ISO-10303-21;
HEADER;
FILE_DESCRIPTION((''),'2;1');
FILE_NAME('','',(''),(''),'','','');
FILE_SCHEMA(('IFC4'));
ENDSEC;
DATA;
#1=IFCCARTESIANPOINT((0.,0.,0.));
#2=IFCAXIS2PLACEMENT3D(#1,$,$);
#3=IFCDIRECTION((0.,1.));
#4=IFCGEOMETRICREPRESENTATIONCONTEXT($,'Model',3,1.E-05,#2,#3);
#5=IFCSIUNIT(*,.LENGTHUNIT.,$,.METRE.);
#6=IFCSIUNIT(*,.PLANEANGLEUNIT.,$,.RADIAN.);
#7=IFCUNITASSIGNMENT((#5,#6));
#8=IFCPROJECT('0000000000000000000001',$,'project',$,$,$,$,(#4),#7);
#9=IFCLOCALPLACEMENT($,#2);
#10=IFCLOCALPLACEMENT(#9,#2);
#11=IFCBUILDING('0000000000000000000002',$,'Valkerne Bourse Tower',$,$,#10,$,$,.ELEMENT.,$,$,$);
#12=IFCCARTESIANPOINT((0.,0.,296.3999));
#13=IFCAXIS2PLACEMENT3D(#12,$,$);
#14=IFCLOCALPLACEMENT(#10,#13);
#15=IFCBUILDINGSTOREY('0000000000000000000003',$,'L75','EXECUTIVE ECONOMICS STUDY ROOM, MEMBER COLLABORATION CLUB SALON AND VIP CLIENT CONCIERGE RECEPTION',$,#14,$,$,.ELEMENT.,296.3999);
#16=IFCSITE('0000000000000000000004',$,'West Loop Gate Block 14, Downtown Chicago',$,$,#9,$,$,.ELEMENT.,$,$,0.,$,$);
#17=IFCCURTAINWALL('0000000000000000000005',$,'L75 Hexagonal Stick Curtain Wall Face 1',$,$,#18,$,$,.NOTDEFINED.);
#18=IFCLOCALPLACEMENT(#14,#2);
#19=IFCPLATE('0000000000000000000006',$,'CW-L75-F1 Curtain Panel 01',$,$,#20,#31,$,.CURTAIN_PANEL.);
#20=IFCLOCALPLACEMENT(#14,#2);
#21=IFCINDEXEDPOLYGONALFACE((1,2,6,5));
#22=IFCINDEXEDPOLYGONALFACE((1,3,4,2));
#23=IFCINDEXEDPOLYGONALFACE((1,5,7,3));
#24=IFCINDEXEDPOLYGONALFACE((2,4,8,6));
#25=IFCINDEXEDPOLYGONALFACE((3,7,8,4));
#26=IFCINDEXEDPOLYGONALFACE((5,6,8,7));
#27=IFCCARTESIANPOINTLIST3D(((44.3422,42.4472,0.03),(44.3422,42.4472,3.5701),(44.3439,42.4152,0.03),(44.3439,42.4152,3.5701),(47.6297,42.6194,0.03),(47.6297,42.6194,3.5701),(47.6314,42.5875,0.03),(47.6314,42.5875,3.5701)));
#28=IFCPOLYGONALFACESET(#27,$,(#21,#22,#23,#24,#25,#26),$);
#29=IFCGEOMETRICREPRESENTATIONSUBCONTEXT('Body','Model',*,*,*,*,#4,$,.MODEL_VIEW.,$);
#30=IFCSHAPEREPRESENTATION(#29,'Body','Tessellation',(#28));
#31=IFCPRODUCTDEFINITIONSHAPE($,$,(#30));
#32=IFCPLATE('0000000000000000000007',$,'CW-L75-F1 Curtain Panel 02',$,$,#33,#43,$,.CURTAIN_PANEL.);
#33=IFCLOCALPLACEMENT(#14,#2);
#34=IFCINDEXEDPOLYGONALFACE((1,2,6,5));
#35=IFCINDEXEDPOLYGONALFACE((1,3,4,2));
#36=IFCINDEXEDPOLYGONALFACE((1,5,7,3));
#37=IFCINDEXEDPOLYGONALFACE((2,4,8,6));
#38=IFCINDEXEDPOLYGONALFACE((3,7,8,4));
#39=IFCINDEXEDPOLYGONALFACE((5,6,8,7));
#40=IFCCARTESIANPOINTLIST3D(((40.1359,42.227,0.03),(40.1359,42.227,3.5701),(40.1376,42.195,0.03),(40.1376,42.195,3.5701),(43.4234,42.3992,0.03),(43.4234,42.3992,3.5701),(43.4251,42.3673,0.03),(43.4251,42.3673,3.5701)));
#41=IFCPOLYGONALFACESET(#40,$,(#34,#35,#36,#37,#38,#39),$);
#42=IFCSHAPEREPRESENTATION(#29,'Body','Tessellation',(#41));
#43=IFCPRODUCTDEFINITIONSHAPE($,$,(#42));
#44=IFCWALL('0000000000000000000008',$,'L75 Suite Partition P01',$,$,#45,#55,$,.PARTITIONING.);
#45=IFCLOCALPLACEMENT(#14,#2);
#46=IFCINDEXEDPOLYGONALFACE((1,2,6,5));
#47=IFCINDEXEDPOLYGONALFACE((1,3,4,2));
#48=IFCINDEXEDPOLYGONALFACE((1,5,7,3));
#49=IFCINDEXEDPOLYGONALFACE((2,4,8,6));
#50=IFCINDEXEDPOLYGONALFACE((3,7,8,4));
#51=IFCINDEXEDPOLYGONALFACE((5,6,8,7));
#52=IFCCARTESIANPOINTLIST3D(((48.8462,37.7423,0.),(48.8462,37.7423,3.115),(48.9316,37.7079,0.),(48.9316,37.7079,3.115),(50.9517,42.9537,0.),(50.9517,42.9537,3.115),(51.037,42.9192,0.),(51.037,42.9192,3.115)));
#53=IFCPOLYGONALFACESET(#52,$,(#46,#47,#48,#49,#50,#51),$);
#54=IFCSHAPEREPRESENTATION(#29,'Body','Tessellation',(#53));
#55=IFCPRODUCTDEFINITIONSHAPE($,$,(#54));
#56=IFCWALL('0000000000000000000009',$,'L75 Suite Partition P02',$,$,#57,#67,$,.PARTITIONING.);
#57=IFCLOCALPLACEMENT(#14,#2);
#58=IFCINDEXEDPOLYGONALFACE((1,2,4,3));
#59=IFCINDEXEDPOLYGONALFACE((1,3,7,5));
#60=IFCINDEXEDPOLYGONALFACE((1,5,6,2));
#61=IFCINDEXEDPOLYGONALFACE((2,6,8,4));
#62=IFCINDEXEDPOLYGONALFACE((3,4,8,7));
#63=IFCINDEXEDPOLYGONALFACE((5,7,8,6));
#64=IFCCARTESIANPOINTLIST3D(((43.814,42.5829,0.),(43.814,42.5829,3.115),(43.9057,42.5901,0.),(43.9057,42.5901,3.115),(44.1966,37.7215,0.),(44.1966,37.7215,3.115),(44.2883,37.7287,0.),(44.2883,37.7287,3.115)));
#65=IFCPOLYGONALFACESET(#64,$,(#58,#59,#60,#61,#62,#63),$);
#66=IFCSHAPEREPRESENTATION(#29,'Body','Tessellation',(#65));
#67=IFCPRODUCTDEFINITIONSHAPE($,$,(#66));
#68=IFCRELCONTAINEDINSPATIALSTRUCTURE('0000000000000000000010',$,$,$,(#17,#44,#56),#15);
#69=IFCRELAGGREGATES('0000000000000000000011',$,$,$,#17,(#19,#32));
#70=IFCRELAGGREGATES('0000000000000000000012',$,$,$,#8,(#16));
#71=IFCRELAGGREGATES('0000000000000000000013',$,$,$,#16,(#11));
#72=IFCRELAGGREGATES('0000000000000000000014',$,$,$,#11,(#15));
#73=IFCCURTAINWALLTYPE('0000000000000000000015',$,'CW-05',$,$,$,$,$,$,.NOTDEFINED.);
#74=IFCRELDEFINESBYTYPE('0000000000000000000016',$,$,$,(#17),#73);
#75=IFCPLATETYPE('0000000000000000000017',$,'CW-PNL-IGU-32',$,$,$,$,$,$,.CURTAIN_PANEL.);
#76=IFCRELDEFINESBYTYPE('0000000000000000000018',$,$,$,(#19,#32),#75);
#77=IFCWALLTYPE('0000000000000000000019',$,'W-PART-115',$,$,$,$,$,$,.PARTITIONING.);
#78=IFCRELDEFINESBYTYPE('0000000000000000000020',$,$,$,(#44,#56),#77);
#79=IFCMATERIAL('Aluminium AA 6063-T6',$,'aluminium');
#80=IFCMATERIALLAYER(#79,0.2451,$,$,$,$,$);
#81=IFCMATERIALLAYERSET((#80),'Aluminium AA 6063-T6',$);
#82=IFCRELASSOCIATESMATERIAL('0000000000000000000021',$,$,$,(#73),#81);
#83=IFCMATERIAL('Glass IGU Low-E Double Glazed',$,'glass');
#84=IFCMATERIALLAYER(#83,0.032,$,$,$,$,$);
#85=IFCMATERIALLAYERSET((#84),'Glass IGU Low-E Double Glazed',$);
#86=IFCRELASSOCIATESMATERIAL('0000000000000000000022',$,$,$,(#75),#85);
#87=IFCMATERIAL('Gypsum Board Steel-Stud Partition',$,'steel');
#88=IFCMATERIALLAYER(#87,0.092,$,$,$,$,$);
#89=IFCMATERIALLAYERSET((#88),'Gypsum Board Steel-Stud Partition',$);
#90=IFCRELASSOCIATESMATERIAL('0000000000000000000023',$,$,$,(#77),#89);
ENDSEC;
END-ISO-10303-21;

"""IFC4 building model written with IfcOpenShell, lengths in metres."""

from ifc_helpers import new_model, si_unit, direction, frame, frame_2d, origin, origin_2d, place, context, subcontext, project, spatial, rectangle, extrude, material, layer, layer_set, type_object, element, aggregate, save


model = new_model("IFC4")

# Units and contexts
model_context = context("Model", 3, precision=1e-05, world=origin(), true_north=direction((0.0, 1.0)))
body_context = subcontext(model_context, "Body", "Model", "MODEL_VIEW")
ifc_project = project(units=[si_unit("LENGTHUNIT", "METRE"), si_unit("PLANEANGLEUNIT", "RADIAN")], contexts=[model_context])

# Site, building, storey
site_placement = place(None, origin())
site = spatial("IfcSite", under=ifc_project, at=site_placement, Name="West Loop Gate Block 14, Downtown Chicago", CompositionType="ELEMENT", RefElevation=0.0)
building_placement = place(site_placement, origin())
building = spatial("IfcBuilding", under=site, at=building_placement, Name="Valkerne Bourse Tower", CompositionType="ELEMENT")
storey_placement = place(building_placement, frame((0.0, 0.0, 296.3999)))
storey = spatial("IfcBuildingStorey", under=building, at=storey_placement, Name="L75", Description="EXECUTIVE ECONOMICS STUDY ROOM, MEMBER COLLABORATION CLUB SALON AND VIP CLIENT CONCIERGE RECEPTION", CompositionType="ELEMENT", Elevation=296.3999)

# Curtain wall
ifc_material_1 = material(Name="Aluminium AA 6063-T6", Category="aluminium")
ifc_layer_1 = layer(ifc_material_1, 0.2451)
ifc_layer_set_1 = layer_set([ifc_layer_1], Name="Aluminium AA 6063-T6")
curtain_wall_type = type_object("IfcCurtainWallType", Name="CW-05", PredefinedType="NOTDEFINED", material=ifc_layer_set_1)
curtain_wall_placement = place(storey_placement, origin())
curtain_wall = element("IfcCurtainWall", 1, at=curtain_wall_placement, inside=storey, type_object=curtain_wall_type, Name="L75 Hexagonal Stick Curtain Wall Face 1", PredefinedType="NOTDEFINED")

# Plates
ifc_material_2 = material(Name="Glass IGU Low-E Double Glazed", Category="glass")
ifc_layer_2 = layer(ifc_material_2, 0.032)
ifc_layer_set_2 = layer_set([ifc_layer_2], Name="Glass IGU Low-E Double Glazed")
plate_type = type_object("IfcPlateType", Name="CW-PNL-IGU-32", PredefinedType="CURTAIN_PANEL", material=ifc_layer_set_2)
plate_1_placement = place(storey_placement, frame((45.9868, 42.5173, 0.03), z_axis=(0.0, 0.0, 1.0), x_axis=(-0.99863, -0.052326, 0.0)))
plate_1 = element("IfcPlate", 2, at=plate_1_placement, type_object=plate_type, Name="CW-L75-F1 Curtain Panel 01", PredefinedType="CURTAIN_PANEL", context=body_context, shape_type="SweptSolid", body=[
    extrude(rectangle(XDim=3.292, YDim=0.032, at=origin_2d()), origin(), (0.0, 0.0, 1.0), 3.54),
])
plate_2_placement = place(storey_placement, frame((41.7805, 42.2971, 0.03), z_axis=(0.0, 0.0, 1.0), x_axis=(-0.99863, -0.052327, 0.0)))
plate_2 = element("IfcPlate", 3, at=plate_2_placement, type_object=plate_type, Name="CW-L75-F1 Curtain Panel 02", PredefinedType="CURTAIN_PANEL", context=body_context, shape_type="SweptSolid", body=[
    extrude(rectangle(XDim=3.292, YDim=0.032, at=origin_2d()), origin(), (0.0, 0.0, 1.0), 3.54),
])
aggregate(curtain_wall, [plate_1, plate_2])

# Walls
ifc_material_3 = material(Name="Gypsum Board Steel-Stud Partition", Category="steel")
ifc_layer_3 = layer(ifc_material_3, 0.092)
ifc_layer_set_3 = layer_set([ifc_layer_3], Name="Gypsum Board Steel-Stud Partition")
wall_type = type_object("IfcWallType", Name="W-PART-115", PredefinedType="PARTITIONING", material=ifc_layer_set_3)
wall_1_placement = place(storey_placement, frame((48.8889, 37.7251, 0.0), z_axis=(0.0, 0.0, 1.0), x_axis=(0.374594, 0.927189, 0.0)))
element("IfcWall", 4, at=wall_1_placement, inside=storey, type_object=wall_type, Name="L75 Suite Partition P01", PredefinedType="PARTITIONING", context=body_context, shape_type="SweptSolid", body=[
    extrude(rectangle(XDim=5.6206, YDim=0.092, at=frame_2d((2.8103, 0.0))), origin(), (0.0, 0.0, 1.0), 3.115),
])
wall_2_placement = place(storey_placement, frame((44.2424, 37.7251, 0.0), z_axis=(0.0, 0.0, 1.0), x_axis=(-0.078454, 0.996918, 0.0)))
element("IfcWall", 5, at=wall_2_placement, inside=storey, type_object=wall_type, Name="L75 Suite Partition P02", PredefinedType="PARTITIONING", context=body_context, shape_type="SweptSolid", body=[
    extrude(rectangle(XDim=4.8765, YDim=0.092, at=frame_2d((2.4382, 0.0))), origin(), (0.0, 0.0, 1.0), 3.115),
])

save(model, "model.ifc")
